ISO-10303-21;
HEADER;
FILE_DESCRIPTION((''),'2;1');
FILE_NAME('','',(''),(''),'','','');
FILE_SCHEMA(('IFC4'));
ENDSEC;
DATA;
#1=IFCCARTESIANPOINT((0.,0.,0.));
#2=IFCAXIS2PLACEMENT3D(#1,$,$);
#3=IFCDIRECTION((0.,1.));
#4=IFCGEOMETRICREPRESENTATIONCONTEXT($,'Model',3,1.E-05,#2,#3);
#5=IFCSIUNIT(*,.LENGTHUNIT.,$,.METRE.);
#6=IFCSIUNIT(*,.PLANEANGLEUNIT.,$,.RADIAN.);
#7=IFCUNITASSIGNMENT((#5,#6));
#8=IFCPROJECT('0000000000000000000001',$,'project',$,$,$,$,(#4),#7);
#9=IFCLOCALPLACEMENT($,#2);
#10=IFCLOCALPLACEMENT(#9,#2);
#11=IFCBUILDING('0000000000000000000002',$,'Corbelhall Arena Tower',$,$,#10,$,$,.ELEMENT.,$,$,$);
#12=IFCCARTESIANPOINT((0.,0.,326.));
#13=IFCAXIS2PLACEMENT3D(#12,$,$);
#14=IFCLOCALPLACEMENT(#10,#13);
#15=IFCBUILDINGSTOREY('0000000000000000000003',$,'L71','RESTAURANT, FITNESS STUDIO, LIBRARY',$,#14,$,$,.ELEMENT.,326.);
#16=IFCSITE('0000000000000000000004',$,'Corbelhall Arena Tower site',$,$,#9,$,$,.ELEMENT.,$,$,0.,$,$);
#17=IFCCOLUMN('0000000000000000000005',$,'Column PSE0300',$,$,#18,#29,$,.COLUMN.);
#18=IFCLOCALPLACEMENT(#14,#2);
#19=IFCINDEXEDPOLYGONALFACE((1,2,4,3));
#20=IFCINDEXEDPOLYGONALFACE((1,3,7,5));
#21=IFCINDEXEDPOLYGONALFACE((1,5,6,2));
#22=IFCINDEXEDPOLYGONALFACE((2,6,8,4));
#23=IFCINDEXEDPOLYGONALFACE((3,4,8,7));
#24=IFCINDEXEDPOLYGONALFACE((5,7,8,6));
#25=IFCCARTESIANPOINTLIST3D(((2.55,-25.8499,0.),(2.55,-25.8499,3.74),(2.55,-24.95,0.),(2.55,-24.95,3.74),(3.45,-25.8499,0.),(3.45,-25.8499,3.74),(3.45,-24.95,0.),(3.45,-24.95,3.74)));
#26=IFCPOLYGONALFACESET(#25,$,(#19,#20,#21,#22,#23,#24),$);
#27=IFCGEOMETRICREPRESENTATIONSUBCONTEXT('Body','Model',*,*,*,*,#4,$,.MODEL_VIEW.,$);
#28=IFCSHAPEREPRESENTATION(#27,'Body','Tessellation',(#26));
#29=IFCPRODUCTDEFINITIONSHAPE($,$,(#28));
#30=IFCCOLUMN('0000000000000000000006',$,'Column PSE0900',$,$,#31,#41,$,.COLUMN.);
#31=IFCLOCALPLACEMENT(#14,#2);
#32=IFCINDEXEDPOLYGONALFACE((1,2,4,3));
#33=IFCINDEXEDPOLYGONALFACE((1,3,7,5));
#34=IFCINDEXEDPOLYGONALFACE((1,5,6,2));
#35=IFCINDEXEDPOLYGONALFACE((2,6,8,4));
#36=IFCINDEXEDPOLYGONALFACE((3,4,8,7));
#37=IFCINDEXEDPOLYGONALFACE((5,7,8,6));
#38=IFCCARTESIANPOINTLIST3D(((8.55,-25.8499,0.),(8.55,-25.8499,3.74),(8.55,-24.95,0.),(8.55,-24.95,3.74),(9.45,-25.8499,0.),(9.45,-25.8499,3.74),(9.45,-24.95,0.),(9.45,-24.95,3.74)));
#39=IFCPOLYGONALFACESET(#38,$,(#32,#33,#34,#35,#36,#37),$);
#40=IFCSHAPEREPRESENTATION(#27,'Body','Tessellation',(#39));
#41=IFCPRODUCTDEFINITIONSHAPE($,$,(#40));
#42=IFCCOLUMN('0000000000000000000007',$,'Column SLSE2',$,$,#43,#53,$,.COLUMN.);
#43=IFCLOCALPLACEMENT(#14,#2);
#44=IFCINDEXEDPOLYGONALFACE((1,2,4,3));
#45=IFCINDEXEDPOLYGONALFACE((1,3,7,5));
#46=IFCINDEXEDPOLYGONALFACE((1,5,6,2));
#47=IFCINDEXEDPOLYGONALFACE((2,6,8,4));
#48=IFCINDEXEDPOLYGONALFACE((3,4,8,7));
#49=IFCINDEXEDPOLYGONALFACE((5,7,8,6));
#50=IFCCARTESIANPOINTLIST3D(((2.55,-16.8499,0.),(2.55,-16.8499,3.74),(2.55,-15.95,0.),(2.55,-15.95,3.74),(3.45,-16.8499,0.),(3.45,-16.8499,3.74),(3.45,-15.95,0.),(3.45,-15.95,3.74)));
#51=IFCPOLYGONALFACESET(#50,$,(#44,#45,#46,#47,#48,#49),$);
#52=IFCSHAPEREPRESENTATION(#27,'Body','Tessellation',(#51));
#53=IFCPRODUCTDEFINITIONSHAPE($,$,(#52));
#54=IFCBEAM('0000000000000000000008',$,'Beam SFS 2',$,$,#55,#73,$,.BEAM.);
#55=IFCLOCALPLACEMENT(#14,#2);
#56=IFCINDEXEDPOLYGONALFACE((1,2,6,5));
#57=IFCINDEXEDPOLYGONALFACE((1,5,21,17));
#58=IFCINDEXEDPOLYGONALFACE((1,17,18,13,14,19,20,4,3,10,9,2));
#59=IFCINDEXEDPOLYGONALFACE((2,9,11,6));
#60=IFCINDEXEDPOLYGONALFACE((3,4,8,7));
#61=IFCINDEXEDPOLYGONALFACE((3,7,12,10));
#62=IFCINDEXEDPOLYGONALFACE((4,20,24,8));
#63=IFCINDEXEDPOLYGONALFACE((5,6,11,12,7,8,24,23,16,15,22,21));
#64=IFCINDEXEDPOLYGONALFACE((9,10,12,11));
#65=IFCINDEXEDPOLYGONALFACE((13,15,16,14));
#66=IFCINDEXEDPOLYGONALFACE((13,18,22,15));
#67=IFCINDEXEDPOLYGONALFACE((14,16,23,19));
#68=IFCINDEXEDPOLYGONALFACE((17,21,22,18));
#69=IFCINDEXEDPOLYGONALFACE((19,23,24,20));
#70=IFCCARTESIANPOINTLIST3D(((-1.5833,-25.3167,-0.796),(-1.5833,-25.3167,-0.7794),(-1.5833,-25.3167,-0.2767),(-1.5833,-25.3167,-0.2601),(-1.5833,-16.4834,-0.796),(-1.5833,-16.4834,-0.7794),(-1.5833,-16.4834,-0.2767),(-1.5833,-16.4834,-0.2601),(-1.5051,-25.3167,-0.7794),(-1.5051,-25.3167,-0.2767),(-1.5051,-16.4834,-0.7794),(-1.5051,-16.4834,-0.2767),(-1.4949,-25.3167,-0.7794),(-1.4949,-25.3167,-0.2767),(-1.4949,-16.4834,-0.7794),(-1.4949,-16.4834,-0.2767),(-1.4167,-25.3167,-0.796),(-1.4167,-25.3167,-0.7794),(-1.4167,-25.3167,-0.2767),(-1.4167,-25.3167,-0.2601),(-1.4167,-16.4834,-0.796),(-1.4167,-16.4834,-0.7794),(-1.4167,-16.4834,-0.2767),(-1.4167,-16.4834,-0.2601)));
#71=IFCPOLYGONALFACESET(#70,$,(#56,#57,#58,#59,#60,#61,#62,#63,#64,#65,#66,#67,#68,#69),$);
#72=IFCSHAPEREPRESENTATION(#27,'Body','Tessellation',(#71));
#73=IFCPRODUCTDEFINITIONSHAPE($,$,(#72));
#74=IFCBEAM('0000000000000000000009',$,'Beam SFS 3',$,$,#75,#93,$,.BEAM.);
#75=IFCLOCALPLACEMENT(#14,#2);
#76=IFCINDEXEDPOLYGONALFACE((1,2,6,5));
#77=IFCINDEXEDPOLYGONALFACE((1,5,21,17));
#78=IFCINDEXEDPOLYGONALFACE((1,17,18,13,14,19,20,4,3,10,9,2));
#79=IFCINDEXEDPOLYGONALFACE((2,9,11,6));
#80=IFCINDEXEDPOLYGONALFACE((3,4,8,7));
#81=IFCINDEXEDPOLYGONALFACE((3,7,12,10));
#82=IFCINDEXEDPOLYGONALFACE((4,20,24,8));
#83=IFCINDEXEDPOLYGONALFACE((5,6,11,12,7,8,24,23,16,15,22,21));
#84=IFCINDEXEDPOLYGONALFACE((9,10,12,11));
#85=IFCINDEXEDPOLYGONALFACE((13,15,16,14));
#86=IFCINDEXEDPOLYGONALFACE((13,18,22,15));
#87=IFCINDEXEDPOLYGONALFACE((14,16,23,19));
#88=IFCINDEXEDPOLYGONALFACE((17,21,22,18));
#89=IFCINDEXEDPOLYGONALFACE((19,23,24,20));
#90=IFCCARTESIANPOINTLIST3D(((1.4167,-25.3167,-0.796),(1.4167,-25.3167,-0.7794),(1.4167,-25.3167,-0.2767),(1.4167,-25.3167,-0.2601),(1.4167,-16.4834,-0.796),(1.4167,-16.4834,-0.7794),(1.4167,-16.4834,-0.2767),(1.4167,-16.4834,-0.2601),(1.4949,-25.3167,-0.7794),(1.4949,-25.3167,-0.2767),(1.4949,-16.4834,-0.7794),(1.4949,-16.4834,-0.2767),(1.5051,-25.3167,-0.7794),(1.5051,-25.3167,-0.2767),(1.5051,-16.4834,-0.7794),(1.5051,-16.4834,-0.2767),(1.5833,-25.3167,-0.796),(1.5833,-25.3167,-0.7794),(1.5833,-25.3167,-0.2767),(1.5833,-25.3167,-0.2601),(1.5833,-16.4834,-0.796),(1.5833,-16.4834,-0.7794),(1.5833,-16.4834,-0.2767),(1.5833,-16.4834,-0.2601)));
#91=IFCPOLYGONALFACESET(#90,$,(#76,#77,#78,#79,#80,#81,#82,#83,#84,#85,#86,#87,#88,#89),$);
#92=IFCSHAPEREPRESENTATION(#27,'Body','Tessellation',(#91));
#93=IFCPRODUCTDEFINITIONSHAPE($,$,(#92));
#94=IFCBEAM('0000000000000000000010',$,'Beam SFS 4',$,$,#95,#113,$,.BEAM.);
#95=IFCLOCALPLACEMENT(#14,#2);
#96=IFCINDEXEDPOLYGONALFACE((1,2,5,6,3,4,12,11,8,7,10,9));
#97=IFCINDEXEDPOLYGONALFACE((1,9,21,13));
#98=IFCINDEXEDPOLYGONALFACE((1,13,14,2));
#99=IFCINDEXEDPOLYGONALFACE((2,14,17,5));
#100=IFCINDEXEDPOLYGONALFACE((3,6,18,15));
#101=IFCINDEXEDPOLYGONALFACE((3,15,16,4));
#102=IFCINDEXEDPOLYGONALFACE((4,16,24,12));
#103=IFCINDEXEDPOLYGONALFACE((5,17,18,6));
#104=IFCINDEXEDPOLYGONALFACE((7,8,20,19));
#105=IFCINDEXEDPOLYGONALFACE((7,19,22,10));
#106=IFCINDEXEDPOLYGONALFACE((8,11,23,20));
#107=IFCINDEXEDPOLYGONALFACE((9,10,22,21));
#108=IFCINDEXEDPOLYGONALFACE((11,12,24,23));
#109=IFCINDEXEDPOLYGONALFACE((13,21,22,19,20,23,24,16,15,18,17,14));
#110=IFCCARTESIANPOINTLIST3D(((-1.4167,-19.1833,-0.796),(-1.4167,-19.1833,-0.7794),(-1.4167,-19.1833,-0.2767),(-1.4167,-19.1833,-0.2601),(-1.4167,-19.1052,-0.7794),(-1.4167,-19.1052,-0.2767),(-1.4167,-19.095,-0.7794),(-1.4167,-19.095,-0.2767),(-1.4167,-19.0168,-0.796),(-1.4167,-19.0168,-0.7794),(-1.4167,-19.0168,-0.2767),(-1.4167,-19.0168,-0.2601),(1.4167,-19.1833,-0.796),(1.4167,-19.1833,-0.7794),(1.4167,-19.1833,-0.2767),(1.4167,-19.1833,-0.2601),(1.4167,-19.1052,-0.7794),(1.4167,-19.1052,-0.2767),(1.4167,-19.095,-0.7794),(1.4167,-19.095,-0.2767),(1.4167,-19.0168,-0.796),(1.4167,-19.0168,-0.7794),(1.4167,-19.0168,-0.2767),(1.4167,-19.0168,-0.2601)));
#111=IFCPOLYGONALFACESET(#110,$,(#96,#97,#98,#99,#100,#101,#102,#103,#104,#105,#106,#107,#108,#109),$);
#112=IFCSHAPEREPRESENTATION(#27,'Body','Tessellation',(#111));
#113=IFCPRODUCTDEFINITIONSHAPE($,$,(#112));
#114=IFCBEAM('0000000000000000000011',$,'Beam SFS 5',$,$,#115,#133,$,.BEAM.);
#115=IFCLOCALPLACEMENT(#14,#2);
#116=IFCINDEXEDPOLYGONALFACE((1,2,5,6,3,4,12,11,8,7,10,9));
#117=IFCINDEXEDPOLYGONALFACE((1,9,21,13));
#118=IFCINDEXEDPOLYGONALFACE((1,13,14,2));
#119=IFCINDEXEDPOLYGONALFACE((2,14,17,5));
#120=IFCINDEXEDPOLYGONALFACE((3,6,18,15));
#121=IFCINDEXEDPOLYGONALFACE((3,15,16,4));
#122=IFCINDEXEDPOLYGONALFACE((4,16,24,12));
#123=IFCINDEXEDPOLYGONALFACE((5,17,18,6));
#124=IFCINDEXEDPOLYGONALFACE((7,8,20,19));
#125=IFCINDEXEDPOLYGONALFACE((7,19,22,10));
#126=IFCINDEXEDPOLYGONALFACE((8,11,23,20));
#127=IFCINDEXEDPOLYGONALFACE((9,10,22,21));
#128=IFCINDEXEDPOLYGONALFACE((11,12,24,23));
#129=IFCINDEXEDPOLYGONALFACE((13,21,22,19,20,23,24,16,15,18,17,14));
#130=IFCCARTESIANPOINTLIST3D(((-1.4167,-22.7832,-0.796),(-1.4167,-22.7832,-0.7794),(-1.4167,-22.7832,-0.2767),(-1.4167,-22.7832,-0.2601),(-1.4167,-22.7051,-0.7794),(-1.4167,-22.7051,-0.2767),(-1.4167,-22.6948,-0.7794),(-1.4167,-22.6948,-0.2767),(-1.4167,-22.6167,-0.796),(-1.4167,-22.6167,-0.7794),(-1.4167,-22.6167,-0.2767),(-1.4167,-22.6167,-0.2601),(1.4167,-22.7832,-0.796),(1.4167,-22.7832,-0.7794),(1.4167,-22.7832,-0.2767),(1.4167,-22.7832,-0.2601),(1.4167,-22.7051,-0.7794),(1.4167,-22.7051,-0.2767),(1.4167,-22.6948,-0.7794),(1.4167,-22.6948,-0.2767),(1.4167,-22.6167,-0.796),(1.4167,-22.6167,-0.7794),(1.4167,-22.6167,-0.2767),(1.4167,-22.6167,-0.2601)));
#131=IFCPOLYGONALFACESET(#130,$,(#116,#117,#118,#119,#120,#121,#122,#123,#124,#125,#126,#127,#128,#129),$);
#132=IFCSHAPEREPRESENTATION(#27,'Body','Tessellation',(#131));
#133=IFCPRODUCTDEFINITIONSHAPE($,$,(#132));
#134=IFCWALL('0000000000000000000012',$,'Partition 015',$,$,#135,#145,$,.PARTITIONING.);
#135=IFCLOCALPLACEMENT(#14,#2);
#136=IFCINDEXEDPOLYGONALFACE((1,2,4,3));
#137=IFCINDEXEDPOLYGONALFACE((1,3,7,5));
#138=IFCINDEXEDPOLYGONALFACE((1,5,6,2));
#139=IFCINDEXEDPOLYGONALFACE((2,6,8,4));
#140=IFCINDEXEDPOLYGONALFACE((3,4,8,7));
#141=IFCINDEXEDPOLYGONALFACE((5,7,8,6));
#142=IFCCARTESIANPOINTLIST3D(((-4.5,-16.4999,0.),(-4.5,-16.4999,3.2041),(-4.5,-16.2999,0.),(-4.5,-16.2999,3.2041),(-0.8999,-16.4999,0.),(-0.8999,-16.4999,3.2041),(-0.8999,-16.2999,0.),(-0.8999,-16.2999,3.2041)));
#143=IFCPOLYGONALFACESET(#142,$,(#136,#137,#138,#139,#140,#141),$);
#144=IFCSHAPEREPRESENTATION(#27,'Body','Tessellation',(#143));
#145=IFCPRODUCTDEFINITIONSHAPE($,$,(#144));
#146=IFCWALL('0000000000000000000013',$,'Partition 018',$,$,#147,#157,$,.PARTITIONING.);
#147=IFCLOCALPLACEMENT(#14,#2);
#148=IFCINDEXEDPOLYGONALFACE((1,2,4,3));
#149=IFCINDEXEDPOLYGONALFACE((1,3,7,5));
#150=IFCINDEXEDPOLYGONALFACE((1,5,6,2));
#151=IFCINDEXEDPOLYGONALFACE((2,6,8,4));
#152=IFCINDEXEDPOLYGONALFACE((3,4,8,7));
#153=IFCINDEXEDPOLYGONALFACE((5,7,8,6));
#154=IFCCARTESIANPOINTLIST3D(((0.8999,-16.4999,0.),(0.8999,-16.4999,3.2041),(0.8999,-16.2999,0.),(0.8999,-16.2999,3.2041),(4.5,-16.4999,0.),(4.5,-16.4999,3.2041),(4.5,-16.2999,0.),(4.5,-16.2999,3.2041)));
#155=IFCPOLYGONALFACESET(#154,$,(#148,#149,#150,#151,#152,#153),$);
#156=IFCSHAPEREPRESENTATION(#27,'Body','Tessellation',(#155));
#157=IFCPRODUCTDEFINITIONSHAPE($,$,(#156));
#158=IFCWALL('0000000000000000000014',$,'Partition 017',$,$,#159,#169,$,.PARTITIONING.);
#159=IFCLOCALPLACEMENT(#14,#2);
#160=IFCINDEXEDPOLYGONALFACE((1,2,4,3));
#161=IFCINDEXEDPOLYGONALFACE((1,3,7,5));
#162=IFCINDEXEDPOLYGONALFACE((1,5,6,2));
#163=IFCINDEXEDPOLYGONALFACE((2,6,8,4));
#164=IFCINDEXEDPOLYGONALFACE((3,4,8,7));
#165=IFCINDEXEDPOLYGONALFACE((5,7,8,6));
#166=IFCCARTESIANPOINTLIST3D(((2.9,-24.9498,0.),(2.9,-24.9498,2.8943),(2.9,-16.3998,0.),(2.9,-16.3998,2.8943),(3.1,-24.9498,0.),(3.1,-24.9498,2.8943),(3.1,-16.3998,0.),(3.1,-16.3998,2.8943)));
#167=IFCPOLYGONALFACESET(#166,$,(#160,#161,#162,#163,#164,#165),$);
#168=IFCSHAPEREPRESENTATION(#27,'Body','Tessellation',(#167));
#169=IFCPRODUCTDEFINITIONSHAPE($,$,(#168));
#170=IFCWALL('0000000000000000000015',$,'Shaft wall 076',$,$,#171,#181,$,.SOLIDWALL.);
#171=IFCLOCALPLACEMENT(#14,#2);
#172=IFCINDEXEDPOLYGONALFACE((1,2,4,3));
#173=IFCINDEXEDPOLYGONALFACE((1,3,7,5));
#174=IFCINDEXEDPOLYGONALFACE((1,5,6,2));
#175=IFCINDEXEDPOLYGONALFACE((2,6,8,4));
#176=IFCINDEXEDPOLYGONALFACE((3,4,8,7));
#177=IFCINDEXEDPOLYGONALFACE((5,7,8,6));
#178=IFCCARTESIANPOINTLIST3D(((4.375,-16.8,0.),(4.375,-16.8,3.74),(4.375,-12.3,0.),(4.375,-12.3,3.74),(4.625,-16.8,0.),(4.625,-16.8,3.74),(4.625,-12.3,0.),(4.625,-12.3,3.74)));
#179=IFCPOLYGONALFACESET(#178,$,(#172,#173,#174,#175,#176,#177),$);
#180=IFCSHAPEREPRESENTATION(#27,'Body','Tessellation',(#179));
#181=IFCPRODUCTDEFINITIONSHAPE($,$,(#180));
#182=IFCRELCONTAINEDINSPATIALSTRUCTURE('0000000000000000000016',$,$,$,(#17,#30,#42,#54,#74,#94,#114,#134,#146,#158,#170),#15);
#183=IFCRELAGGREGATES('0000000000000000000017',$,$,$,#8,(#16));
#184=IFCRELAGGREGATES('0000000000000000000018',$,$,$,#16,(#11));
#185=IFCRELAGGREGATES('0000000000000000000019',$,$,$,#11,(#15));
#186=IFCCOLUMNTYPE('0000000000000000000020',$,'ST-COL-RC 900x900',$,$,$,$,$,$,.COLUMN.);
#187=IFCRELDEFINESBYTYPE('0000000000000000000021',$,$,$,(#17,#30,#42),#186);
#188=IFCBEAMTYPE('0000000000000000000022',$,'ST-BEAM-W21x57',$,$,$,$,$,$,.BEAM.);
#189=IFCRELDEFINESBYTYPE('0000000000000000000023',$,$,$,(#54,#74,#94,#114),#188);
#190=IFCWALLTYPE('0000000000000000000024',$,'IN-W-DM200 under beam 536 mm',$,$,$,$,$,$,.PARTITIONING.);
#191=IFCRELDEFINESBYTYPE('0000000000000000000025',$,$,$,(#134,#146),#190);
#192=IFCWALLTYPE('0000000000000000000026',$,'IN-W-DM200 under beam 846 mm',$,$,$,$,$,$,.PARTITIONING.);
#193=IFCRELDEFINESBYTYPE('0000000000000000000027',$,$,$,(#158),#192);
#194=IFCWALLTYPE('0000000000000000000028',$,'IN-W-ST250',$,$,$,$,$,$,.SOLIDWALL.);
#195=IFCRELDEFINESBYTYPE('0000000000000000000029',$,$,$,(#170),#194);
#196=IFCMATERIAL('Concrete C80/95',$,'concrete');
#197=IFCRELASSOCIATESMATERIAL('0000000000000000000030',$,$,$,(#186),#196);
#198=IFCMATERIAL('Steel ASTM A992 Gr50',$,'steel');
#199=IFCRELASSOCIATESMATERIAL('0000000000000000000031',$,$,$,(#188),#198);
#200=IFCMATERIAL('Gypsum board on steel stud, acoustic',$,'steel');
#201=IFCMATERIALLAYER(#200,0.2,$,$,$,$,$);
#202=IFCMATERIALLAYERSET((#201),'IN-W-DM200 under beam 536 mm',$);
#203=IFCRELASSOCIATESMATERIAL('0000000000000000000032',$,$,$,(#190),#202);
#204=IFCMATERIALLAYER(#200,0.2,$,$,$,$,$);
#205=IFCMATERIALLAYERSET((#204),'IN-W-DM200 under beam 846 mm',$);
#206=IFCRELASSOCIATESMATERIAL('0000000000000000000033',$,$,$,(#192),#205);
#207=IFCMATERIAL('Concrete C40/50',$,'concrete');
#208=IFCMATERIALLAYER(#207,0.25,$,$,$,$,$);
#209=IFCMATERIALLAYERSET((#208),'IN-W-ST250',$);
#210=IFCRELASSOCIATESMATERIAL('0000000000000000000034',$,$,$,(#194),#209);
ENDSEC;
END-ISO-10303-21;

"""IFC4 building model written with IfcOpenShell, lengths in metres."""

from ifc_helpers import new_model, si_unit, direction, frame, frame_2d, origin, origin_2d, place, context, subcontext, project, spatial, rectangle, i_section, extrude, material, layer, layer_set, material_profile, profile_set, type_object, element, save


model = new_model("IFC4")

# Units and contexts
model_context = context("Model", 3, precision=1e-05, world=origin(), true_north=direction((0.0, 1.0)))
body_context = subcontext(model_context, "Body", "Model", "MODEL_VIEW")
ifc_project = project(units=[si_unit("LENGTHUNIT", "METRE"), si_unit("PLANEANGLEUNIT", "RADIAN")], contexts=[model_context])

# Site, building, storey
site_placement = place(None, origin())
site = spatial("IfcSite", under=ifc_project, at=site_placement, Name="Corbelhall Arena Tower site", CompositionType="ELEMENT", RefElevation=0.0)
building_placement = place(site_placement, origin())
building = spatial("IfcBuilding", under=site, at=building_placement, Name="Corbelhall Arena Tower", CompositionType="ELEMENT")
storey_placement = place(building_placement, frame((0.0, 0.0, 326.0)))
storey = spatial("IfcBuildingStorey", under=building, at=storey_placement, Name="L71", Description="RESTAURANT, FITNESS STUDIO, LIBRARY", CompositionType="ELEMENT", Elevation=326.0)

# Columns
ifc_material_1 = material(Name="Concrete C80/95", Category="concrete")
ifc_material_profile_1 = material_profile(ifc_material_1, rectangle(XDim=0.8999, YDim=0.8999, at=origin_2d()))
ifc_profile_set_1 = profile_set([ifc_material_profile_1], Name="Concrete C80/95")
column_type = type_object("IfcColumnType", Name="ST-COL-RC 900x900", PredefinedType="COLUMN", material=ifc_profile_set_1)
for number, where, z_axis, x_axis, name in (
    (1, (3.0, -25.3999, 0.0), (0.0, 0.0, 1.0), (1.0, 0.0, 0.0), "Column PSE0300"),
    (2, (9.0, -25.3999, 0.0), (0.0, 0.0, 1.0), (1.0, 0.0, 0.0), "Column PSE0900"),
    (3, (3.0, -16.3999, 0.0), (0.0, 0.0, 1.0), (1.0, 0.0, 0.0), "Column SLSE2"),
):
    element("IfcColumn", number, at=place(storey_placement, frame(where, z_axis=z_axis, x_axis=x_axis)), inside=storey, type_object=column_type, Name=name, PredefinedType="COLUMN", context=body_context, shape_type="SweptSolid", body=[
        extrude(rectangle(XDim=0.8999, YDim=0.8999, at=origin_2d()), origin(), (0.0, 0.0, 1.0), 3.74),
    ])

# Beams
ifc_material_2 = material(Name="Steel ASTM A992 Gr50", Category="steel")
ifc_material_profile_2 = material_profile(ifc_material_2, i_section(OverallWidth=0.1665, OverallDepth=0.5359, WebThickness=0.0103, FlangeThickness=0.0166, at=origin_2d()))
ifc_profile_set_2 = profile_set([ifc_material_profile_2], Name="Steel ASTM A992 Gr50")
beam_type = type_object("IfcBeamType", Name="ST-BEAM-W21x57", PredefinedType="BEAM", material=ifc_profile_set_2)
for number, where, z_axis, x_axis, name in (
    (4, (-1.5, -16.4834, -0.5281), (0.0, -1.0, 0.0), (1.0, 0.0, 0.0), "Beam SFS 2"),
    (5, (1.5, -16.4834, -0.5281), (0.0, -1.0, 0.0), (1.0, 0.0, 0.0), "Beam SFS 3"),
):
    element("IfcBeam", number, at=place(storey_placement, frame(where, z_axis=z_axis, x_axis=x_axis)), inside=storey, type_object=beam_type, Name=name, PredefinedType="BEAM", context=body_context, shape_type="SweptSolid", body=[
        extrude(i_section(OverallWidth=0.1665, OverallDepth=0.5359, WebThickness=0.0103, FlangeThickness=0.0166, at=origin_2d()), origin(), (0.0, 0.0, 1.0), 8.8333),
    ])
for number, where, z_axis, x_axis, name in (
    (6, (-1.4167, -19.1001, -0.5281), (1.0, 0.0, 0.0), (0.0, 1.0, 0.0), "Beam SFS 4"),
    (7, (-1.4167, -22.7, -0.5281), (1.0, 0.0, 0.0), (0.0, 1.0, 0.0), "Beam SFS 5"),
):
    element("IfcBeam", number, at=place(storey_placement, frame(where, z_axis=z_axis, x_axis=x_axis)), inside=storey, type_object=beam_type, Name=name, PredefinedType="BEAM", context=body_context, shape_type="SweptSolid", body=[
        extrude(i_section(OverallWidth=0.1665, OverallDepth=0.5359, WebThickness=0.0103, FlangeThickness=0.0166, at=origin_2d()), origin(), (0.0, 0.0, 1.0), 2.8335),
    ])

# Walls
ifc_material_3 = material(Name="Gypsum board on steel stud, acoustic", Category="steel")
ifc_layer_1 = layer(ifc_material_3, 0.2)
ifc_layer_set_1 = layer_set([ifc_layer_1], Name="IN-W-DM200 under beam 536 mm")
wall_type_1 = type_object("IfcWallType", Name="IN-W-DM200 under beam 536 mm", PredefinedType="PARTITIONING", material=ifc_layer_set_1)
for number, where, z_axis, x_axis, name in (
    (8, (-0.8999, -16.3999, 0.0), (0.0, 0.0, 1.0), (-1.0, 0.0, 0.0), "Partition 015"),
    (9, (4.5, -16.3999, 0.0), (0.0, 0.0, 1.0), (-1.0, 0.0, 0.0), "Partition 018"),
):
    element("IfcWall", number, at=place(storey_placement, frame(where, z_axis=z_axis, x_axis=x_axis)), inside=storey, type_object=wall_type_1, Name=name, PredefinedType="PARTITIONING", context=body_context, shape_type="SweptSolid", body=[
        extrude(rectangle(XDim=3.6001, YDim=0.2, at=frame_2d((1.8, 0.0))), origin(), (0.0, 0.0, 1.0), 3.2041),
    ])
ifc_layer_2 = layer(ifc_material_3, 0.2)
ifc_layer_set_2 = layer_set([ifc_layer_2], Name="IN-W-DM200 under beam 846 mm")
wall_type_2 = type_object("IfcWallType", Name="IN-W-DM200 under beam 846 mm", PredefinedType="PARTITIONING", material=ifc_layer_set_2)
wall_1_placement = place(storey_placement, frame((3.0, -16.3999, 0.0), z_axis=(0.0, 0.0, 1.0), x_axis=(0.0, -1.0, 0.0)))
element("IfcWall", 10, at=wall_1_placement, inside=storey, type_object=wall_type_2, Name="Partition 017", PredefinedType="PARTITIONING", context=body_context, shape_type="SweptSolid", body=[
    extrude(rectangle(XDim=8.55, YDim=0.2, at=frame_2d((4.2749, 0.0))), origin(), (0.0, 0.0, 1.0), 2.8943),
])
ifc_material_4 = material(Name="Concrete C40/50", Category="concrete")
ifc_layer_3 = layer(ifc_material_4, 0.25)
ifc_layer_set_3 = layer_set([ifc_layer_3], Name="IN-W-ST250")
wall_type_3 = type_object("IfcWallType", Name="IN-W-ST250", PredefinedType="SOLIDWALL", material=ifc_layer_set_3)
wall_2_placement = place(storey_placement, frame((4.5, -16.8, 0.0), z_axis=(0.0, 0.0, 1.0), x_axis=(0.0, 1.0, 0.0)))
element("IfcWall", 11, at=wall_2_placement, inside=storey, type_object=wall_type_3, Name="Shaft wall 076", PredefinedType="SOLIDWALL", context=body_context, shape_type="SweptSolid", body=[
    extrude(rectangle(XDim=4.5, YDim=0.25, at=frame_2d((2.25, 0.0))), origin(), (0.0, 0.0, 1.0), 3.74),
])

save(model, "model.ifc")
